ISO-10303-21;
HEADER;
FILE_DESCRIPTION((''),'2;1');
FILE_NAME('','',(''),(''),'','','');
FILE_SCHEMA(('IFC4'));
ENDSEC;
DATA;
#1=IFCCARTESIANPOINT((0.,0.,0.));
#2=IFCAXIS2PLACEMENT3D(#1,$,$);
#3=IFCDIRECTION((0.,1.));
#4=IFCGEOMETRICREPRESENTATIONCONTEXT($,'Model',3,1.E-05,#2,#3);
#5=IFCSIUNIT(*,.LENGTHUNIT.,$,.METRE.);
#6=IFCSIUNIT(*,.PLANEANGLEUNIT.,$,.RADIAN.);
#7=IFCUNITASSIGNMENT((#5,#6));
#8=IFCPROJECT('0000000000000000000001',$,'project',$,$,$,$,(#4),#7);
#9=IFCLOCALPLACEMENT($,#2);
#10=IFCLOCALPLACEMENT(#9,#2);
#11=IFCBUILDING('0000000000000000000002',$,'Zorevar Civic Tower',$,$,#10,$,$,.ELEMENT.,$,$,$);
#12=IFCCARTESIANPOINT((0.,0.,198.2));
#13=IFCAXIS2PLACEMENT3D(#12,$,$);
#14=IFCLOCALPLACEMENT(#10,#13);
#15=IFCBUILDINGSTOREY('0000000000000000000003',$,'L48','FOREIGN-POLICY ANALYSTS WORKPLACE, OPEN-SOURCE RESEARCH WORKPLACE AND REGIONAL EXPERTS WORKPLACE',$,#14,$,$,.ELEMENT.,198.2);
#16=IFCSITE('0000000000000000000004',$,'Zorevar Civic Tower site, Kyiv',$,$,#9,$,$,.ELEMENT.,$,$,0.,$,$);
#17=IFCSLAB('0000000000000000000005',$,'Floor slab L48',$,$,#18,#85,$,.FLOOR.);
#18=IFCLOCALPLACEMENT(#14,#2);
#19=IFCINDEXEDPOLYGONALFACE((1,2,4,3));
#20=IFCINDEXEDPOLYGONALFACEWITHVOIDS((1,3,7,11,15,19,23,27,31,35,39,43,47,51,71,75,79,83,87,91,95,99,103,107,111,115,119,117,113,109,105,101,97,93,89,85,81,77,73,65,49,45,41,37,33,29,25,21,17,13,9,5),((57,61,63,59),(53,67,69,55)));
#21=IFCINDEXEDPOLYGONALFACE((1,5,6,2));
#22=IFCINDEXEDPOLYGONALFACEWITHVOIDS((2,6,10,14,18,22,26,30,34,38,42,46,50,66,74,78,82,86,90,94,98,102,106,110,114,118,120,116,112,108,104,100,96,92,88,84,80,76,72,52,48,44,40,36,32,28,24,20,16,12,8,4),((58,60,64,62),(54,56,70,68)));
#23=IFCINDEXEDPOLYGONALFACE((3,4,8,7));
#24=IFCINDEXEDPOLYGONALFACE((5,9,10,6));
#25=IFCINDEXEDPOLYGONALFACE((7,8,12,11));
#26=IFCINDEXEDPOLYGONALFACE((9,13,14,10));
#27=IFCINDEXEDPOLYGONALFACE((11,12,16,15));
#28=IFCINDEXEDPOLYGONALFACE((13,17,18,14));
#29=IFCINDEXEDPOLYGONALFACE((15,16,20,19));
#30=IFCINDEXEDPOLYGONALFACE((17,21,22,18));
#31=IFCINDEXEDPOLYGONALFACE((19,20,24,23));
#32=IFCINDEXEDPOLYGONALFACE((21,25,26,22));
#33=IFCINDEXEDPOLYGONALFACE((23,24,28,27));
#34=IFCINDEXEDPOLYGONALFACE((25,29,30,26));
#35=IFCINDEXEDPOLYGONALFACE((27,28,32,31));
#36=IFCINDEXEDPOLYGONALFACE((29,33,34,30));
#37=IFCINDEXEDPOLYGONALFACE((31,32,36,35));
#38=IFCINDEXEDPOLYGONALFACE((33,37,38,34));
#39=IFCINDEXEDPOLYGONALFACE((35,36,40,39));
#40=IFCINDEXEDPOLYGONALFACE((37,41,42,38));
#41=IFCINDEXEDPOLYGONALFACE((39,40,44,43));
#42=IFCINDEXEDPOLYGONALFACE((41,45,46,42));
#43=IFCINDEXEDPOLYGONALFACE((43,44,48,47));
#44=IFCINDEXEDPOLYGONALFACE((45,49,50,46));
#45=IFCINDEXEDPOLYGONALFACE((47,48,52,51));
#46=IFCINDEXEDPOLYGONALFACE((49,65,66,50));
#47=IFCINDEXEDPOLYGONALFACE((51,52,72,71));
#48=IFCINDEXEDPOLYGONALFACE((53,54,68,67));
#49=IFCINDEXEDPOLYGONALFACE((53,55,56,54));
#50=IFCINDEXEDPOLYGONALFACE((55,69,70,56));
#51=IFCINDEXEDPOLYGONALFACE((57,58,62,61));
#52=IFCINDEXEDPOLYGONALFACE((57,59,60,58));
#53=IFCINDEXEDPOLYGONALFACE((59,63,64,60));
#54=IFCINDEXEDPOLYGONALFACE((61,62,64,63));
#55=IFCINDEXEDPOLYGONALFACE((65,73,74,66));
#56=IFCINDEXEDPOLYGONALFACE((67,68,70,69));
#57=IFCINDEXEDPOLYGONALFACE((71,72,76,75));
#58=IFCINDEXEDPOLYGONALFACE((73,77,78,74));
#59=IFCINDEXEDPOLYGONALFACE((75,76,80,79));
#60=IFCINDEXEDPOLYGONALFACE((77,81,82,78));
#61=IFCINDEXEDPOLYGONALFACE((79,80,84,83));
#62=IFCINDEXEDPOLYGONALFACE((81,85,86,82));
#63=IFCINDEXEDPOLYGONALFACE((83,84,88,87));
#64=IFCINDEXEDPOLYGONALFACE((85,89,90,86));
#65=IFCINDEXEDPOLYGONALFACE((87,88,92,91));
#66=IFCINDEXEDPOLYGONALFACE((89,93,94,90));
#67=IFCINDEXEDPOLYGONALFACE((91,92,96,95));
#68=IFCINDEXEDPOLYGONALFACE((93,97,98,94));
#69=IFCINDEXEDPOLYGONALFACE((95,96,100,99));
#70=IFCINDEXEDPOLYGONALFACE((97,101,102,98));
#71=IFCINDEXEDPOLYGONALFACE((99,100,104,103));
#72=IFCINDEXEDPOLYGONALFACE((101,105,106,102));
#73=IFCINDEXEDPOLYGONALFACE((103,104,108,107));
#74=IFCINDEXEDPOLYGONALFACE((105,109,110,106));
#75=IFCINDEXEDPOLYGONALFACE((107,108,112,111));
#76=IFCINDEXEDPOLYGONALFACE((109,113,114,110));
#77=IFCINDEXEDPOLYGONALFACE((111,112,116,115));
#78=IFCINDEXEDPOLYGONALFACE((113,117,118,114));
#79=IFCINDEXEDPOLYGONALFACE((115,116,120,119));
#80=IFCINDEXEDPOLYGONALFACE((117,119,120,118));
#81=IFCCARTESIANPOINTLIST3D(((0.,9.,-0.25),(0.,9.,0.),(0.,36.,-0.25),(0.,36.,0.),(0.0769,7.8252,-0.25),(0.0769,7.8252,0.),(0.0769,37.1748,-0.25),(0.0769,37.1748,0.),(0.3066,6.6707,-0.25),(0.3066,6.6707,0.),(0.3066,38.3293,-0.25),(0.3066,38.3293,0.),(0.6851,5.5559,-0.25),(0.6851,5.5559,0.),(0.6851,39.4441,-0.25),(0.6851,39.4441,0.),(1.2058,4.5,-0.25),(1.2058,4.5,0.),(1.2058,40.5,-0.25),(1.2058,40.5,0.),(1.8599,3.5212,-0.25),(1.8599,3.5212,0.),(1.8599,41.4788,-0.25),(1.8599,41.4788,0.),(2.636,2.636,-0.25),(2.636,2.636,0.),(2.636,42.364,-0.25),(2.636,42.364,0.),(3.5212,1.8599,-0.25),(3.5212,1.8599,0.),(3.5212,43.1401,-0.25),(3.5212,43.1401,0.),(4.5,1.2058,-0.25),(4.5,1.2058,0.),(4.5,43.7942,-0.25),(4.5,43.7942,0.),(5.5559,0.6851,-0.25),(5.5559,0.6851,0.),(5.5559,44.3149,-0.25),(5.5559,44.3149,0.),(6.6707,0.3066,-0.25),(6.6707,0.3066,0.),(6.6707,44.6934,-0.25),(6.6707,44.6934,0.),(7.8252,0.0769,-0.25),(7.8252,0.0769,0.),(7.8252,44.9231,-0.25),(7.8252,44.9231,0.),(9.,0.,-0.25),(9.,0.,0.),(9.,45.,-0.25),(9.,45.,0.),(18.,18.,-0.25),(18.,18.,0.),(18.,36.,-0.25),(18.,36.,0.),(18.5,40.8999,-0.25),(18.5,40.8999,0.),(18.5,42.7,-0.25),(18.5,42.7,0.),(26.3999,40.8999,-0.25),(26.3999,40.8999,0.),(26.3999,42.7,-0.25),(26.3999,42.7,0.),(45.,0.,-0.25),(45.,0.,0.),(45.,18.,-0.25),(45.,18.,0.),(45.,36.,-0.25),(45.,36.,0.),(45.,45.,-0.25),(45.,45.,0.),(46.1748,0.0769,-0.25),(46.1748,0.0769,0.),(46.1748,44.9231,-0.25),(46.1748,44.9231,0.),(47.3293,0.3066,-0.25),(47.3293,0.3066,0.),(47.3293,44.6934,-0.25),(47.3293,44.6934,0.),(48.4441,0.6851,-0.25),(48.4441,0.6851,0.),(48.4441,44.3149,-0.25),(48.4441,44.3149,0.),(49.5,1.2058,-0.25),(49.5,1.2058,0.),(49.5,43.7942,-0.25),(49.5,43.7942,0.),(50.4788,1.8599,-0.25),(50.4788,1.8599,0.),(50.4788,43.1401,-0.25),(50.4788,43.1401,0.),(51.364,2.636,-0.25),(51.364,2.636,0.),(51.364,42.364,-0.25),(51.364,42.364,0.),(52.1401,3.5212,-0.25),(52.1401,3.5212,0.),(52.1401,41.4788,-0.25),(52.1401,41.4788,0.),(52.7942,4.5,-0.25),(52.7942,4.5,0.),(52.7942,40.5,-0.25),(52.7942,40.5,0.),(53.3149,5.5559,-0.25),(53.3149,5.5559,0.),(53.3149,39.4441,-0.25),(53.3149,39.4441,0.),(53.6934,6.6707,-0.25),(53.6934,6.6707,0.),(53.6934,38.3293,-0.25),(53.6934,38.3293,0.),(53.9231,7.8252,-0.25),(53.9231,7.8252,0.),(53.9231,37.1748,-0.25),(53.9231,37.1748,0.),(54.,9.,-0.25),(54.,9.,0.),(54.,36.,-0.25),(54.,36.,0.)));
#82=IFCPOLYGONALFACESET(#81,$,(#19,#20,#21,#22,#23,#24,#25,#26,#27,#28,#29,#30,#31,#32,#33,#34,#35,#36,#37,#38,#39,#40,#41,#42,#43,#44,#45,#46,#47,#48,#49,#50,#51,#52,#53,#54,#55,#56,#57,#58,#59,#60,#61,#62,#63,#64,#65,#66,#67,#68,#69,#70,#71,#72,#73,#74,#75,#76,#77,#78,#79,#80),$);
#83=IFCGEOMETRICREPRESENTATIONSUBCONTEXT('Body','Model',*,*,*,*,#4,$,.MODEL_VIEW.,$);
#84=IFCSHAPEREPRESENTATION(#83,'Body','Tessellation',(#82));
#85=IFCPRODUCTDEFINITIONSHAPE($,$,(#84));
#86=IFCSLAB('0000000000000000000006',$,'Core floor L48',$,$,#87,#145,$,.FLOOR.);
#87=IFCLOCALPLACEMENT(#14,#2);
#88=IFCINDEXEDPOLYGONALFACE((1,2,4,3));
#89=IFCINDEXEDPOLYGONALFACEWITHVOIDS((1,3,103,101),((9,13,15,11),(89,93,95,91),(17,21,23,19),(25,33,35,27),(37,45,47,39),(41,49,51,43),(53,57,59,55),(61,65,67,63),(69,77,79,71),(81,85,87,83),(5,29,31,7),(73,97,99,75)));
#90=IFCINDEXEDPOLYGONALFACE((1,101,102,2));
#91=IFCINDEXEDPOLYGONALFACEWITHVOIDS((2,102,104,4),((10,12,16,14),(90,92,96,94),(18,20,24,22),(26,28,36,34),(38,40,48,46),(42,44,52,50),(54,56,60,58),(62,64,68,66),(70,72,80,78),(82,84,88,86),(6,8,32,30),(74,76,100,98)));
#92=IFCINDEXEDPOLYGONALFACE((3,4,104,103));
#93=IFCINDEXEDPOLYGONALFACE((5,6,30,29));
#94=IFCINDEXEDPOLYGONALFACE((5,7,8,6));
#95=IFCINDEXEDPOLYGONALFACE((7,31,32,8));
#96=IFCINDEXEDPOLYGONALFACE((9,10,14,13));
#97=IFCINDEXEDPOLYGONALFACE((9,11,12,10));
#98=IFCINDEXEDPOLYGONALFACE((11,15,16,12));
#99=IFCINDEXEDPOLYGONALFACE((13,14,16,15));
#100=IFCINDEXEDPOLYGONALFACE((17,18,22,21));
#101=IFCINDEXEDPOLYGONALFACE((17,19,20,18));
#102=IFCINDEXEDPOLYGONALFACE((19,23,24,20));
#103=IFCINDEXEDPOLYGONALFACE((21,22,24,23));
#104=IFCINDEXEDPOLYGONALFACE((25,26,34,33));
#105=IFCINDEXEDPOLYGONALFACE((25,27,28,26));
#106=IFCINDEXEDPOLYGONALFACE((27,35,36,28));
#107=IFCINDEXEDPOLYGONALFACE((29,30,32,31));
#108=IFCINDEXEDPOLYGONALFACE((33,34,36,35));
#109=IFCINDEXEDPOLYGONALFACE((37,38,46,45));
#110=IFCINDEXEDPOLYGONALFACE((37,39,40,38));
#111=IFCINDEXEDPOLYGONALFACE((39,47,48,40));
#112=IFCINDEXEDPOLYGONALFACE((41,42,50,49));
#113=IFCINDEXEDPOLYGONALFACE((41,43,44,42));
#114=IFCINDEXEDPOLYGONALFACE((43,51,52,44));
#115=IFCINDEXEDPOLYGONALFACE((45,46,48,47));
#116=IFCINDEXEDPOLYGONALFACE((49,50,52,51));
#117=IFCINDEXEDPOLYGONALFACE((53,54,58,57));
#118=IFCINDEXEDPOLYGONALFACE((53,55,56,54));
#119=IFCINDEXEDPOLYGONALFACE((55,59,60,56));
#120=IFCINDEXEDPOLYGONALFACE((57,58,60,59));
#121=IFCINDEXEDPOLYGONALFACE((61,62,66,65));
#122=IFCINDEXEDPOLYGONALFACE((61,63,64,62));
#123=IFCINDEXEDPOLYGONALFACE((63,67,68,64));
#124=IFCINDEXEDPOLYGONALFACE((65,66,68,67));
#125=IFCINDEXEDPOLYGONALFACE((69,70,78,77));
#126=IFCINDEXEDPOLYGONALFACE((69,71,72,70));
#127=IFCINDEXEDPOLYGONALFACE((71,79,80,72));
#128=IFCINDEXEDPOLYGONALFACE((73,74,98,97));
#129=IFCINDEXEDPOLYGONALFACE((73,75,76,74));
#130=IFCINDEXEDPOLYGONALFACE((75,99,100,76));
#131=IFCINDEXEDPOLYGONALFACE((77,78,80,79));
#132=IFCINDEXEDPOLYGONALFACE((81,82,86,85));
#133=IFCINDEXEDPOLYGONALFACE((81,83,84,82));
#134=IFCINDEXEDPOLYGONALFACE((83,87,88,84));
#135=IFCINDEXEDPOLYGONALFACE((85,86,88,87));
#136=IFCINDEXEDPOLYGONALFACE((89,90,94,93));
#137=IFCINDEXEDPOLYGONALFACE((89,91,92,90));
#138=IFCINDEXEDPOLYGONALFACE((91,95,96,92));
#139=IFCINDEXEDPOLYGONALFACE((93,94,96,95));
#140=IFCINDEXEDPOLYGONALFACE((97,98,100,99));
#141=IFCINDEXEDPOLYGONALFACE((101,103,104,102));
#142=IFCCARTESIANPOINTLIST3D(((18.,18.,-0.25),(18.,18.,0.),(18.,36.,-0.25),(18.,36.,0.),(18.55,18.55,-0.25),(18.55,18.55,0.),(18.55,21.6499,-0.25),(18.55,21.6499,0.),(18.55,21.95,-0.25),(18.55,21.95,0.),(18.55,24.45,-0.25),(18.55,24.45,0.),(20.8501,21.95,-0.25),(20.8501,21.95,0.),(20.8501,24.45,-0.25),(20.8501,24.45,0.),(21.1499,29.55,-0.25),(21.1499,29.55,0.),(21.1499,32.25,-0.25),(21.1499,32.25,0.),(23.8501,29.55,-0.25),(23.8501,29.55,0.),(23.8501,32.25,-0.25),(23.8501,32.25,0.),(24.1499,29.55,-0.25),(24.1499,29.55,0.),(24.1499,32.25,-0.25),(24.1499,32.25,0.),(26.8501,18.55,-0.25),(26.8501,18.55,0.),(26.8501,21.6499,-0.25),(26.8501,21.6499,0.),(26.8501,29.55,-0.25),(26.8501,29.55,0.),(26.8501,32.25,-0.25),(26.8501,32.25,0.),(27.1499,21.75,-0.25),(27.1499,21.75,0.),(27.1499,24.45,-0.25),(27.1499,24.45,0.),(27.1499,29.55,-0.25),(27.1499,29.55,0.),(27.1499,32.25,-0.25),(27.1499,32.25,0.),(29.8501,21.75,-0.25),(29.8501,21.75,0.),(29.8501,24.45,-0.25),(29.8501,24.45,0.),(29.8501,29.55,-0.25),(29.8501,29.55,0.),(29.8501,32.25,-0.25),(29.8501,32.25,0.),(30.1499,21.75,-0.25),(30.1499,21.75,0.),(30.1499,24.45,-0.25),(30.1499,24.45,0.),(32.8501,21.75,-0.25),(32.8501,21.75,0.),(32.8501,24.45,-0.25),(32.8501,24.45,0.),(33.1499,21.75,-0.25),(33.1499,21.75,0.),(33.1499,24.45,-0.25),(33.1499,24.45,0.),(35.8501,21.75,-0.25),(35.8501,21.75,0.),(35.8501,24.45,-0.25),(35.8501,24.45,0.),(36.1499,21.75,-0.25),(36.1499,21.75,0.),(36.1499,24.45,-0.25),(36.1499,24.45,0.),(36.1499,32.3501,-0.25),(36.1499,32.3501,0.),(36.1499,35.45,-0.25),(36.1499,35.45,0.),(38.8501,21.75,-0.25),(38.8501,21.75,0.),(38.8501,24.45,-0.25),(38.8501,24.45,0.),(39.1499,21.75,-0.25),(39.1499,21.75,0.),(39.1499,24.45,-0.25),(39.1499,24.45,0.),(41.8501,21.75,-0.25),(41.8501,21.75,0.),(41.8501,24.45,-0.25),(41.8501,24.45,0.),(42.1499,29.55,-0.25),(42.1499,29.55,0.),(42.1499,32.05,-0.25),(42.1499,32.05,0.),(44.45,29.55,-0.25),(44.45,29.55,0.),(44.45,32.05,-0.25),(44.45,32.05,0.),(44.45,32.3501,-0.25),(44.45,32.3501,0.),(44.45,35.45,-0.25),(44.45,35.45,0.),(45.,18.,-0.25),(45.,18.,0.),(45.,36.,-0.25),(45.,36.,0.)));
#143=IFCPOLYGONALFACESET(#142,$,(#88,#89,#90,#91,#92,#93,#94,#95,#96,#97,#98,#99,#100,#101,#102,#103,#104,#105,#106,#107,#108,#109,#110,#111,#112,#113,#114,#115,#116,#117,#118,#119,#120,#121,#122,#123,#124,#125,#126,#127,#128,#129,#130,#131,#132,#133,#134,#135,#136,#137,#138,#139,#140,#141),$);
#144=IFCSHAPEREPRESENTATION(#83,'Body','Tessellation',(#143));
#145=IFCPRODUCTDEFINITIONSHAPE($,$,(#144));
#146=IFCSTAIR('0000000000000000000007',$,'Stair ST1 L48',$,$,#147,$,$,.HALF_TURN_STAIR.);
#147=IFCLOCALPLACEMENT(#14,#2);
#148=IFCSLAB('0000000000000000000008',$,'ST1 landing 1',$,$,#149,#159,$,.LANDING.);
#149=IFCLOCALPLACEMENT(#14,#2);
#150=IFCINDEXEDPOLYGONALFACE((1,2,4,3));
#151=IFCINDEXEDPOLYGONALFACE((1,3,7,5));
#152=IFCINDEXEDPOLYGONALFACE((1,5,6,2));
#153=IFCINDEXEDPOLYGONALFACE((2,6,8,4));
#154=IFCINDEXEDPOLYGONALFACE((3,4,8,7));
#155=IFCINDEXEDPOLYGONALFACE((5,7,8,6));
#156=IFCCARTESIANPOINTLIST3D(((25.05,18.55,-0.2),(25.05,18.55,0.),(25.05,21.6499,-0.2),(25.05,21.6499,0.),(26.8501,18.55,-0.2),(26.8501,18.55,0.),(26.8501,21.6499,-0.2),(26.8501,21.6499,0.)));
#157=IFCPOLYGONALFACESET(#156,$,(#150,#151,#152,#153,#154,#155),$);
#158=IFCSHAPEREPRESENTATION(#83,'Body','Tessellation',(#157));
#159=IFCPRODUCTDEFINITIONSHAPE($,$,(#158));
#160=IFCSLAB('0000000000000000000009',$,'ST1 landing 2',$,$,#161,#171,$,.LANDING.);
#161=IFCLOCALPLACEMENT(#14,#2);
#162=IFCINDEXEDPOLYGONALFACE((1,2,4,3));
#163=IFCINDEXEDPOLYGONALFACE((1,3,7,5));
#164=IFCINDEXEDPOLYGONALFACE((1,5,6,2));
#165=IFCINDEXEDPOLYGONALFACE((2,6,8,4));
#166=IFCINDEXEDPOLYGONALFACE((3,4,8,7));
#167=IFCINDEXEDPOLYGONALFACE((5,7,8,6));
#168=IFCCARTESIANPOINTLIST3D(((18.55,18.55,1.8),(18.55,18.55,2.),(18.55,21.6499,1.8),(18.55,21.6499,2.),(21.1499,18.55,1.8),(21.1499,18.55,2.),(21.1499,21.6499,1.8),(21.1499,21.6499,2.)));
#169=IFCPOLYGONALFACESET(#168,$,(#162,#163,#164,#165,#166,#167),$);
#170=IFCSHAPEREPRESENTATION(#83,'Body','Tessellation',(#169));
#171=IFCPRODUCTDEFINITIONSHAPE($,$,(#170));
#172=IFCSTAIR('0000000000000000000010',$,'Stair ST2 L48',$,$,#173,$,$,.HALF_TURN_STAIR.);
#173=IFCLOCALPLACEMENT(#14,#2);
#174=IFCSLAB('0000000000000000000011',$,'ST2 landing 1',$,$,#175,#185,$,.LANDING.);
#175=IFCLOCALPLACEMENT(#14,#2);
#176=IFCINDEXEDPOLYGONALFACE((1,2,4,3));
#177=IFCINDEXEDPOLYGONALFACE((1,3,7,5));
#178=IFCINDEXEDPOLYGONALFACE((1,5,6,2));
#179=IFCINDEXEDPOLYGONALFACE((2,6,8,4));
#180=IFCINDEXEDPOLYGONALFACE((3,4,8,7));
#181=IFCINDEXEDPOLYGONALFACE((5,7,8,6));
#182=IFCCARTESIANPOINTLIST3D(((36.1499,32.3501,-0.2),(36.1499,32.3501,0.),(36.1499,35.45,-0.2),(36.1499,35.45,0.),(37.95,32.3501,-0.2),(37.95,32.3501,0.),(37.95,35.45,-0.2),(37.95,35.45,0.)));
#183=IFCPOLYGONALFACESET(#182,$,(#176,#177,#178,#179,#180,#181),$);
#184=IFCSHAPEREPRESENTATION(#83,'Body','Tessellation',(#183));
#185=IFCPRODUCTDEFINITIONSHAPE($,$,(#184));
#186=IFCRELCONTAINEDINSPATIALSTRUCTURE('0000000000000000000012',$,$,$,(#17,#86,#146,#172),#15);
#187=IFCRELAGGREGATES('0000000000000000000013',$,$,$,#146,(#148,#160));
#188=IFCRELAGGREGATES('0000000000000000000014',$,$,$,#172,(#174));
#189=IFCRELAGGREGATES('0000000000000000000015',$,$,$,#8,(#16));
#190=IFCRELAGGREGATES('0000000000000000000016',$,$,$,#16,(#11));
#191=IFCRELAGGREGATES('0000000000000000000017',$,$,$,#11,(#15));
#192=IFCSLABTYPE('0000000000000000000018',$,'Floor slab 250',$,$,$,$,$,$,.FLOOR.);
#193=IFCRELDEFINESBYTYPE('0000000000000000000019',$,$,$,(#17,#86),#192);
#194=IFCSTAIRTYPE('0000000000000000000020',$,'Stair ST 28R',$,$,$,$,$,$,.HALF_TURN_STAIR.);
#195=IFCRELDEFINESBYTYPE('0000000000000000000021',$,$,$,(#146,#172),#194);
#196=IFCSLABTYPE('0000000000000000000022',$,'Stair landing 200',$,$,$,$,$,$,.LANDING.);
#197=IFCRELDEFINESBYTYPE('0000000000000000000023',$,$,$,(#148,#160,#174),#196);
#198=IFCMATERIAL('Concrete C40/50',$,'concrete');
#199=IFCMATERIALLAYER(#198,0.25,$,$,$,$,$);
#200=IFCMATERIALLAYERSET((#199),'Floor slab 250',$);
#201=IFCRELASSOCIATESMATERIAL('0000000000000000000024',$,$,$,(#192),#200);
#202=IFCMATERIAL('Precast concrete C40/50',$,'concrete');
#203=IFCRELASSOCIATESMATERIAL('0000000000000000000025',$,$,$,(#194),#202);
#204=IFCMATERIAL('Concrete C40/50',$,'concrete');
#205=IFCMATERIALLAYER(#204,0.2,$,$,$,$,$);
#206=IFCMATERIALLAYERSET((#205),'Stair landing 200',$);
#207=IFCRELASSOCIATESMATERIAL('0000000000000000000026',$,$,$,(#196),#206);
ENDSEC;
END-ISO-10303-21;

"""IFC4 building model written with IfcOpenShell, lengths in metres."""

from ifc_helpers import new_model, si_unit, direction, frame, origin, place, context, subcontext, project, spatial, polyline, outline, extrude, material, layer, layer_set, type_object, element, aggregate, save


model = new_model("IFC4")

# Units and contexts
model_context = context("Model", 3, precision=1e-05, world=origin(), true_north=direction((0.0, 1.0)))
body_context = subcontext(model_context, "Body", "Model", "MODEL_VIEW")
ifc_project = project(units=[si_unit("LENGTHUNIT", "METRE"), si_unit("PLANEANGLEUNIT", "RADIAN")], contexts=[model_context])

# Site, building, storey
site_placement = place(None, origin())
site = spatial("IfcSite", under=ifc_project, at=site_placement, Name="Zorevar Civic Tower site, Kyiv", CompositionType="ELEMENT", RefElevation=0.0)
building_placement = place(site_placement, origin())
building = spatial("IfcBuilding", under=site, at=building_placement, Name="Zorevar Civic Tower", CompositionType="ELEMENT")
storey_placement = place(building_placement, frame((0.0, 0.0, 198.2)))
storey = spatial("IfcBuildingStorey", under=building, at=storey_placement, Name="L48", Description="FOREIGN-POLICY ANALYSTS WORKPLACE, OPEN-SOURCE RESEARCH WORKPLACE AND REGIONAL EXPERTS WORKPLACE", CompositionType="ELEMENT", Elevation=198.2)

# Slabs
ifc_material_1 = material(Name="Concrete C40/50", Category="concrete")
ifc_layer_1 = layer(ifc_material_1, 0.25)
ifc_layer_set_1 = layer_set([ifc_layer_1], Name="Floor slab 250")
slab_type_1 = type_object("IfcSlabType", Name="Floor slab 250", PredefinedType="FLOOR", material=ifc_layer_set_1)
slab_1_placement = place(storey_placement, frame((0.0, 0.0, -0.25)))
element("IfcSlab", 1, at=slab_1_placement, inside=storey, type_object=slab_type_1, Name="Floor slab L48", PredefinedType="FLOOR", context=body_context, shape_type="SweptSolid", body=[
    extrude(outline(polyline([(45.0, 0.0), (46.1748, 0.0769), (47.3293, 0.3066), (48.4441, 0.6851), (49.5, 1.2058), (50.4788, 1.8599), (51.364, 2.636), (52.1401, 3.5212), (52.7942, 4.5), (53.3149, 5.5559), (53.6934, 6.6707), (53.9231, 7.8252), (54.0, 9.0), (54.0, 36.0), (53.9231, 37.1748), (53.6934, 38.3293), (53.3149, 39.4441), (52.7942, 40.5), (52.1401, 41.4788), (51.364, 42.364), (50.4788, 43.1401), (49.5, 43.7942), (48.4441, 44.3149), (47.3293, 44.6934), (46.1748, 44.9231), (45.0, 45.0), (9.0, 45.0), (7.8252, 44.9231), (6.6707, 44.6934), (5.5559, 44.3149), (4.5, 43.7942), (3.5212, 43.1401), (2.636, 42.364), (1.8599, 41.4788), (1.2058, 40.5), (0.6851, 39.4441), (0.3066, 38.3293), (0.0769, 37.1748), (0.0, 36.0), (0.0, 9.0), (0.0769, 7.8252), (0.3066, 6.6707), (0.6851, 5.5559), (1.2058, 4.5), (1.8599, 3.5212), (2.636, 2.636), (3.5212, 1.8599), (4.5, 1.2058), (5.5559, 0.6851), (6.6707, 0.3066), (7.8252, 0.0769), (9.0, 0.0), (45.0, 0.0)]), holes=[polyline([(18.0, 18.0), (45.0, 18.0), (45.0, 36.0), (18.0, 36.0), (18.0, 18.0)]), polyline([(18.5, 40.8999), (26.3999, 40.8999), (26.3999, 42.7), (18.5, 42.7), (18.5, 40.8999)])]), origin(), (0.0, 0.0, 1.0), 0.25),
])
slab_2_placement = place(storey_placement, frame((0.0, 0.0, -0.25)))
element("IfcSlab", 2, at=slab_2_placement, inside=storey, type_object=slab_type_1, Name="Core floor L48", PredefinedType="FLOOR", context=body_context, shape_type="SweptSolid", body=[
    extrude(outline(polyline([(18.0, 18.0), (45.0, 18.0), (45.0, 36.0), (18.0, 36.0), (18.0, 18.0)]), holes=[polyline([(18.55, 18.55), (26.8501, 18.55), (26.8501, 21.6499), (18.55, 21.6499), (18.55, 18.55)]), polyline([(36.1499, 32.3501), (44.45, 32.3501), (44.45, 35.45), (36.1499, 35.45), (36.1499, 32.3501)]), polyline([(18.55, 21.95), (20.8501, 21.95), (20.8501, 24.45), (18.55, 24.45), (18.55, 21.95)]), polyline([(42.1499, 29.55), (44.45, 29.55), (44.45, 32.05), (42.1499, 32.05), (42.1499, 29.55)]), polyline([(27.1499, 21.75), (29.8501, 21.75), (29.8501, 24.45), (27.1499, 24.45), (27.1499, 21.75)]), polyline([(30.1499, 21.75), (32.8501, 21.75), (32.8501, 24.45), (30.1499, 24.45), (30.1499, 21.75)]), polyline([(33.1499, 21.75), (35.8501, 21.75), (35.8501, 24.45), (33.1499, 24.45), (33.1499, 21.75)]), polyline([(27.1499, 29.55), (29.8501, 29.55), (29.8501, 32.25), (27.1499, 32.25), (27.1499, 29.55)]), polyline([(36.1499, 21.75), (38.8501, 21.75), (38.8501, 24.45), (36.1499, 24.45), (36.1499, 21.75)]), polyline([(24.1499, 29.55), (26.8501, 29.55), (26.8501, 32.25), (24.1499, 32.25), (24.1499, 29.55)]), polyline([(39.1499, 21.75), (41.8501, 21.75), (41.8501, 24.45), (39.1499, 24.45), (39.1499, 21.75)]), polyline([(21.1499, 29.55), (23.8501, 29.55), (23.8501, 32.25), (21.1499, 32.25), (21.1499, 29.55)])]), origin(), (0.0, 0.0, 1.0), 0.25),
])

# Stairs, slabs
ifc_material_2 = material(Name="Precast concrete C40/50", Category="concrete")
stair_type = type_object("IfcStairType", Name="Stair ST 28R", PredefinedType="HALF_TURN_STAIR", material=ifc_material_2)
stair_1_placement = place(storey_placement, origin())
stair_1 = element("IfcStair", 3, at=stair_1_placement, inside=storey, type_object=stair_type, Name="Stair ST1 L48", PredefinedType="HALF_TURN_STAIR")
ifc_material_3 = material(Name="Concrete C40/50", Category="concrete")
ifc_layer_2 = layer(ifc_material_3, 0.2)
ifc_layer_set_2 = layer_set([ifc_layer_2], Name="Stair landing 200")
slab_type_2 = type_object("IfcSlabType", Name="Stair landing 200", PredefinedType="LANDING", material=ifc_layer_set_2)
slab_3_placement = place(storey_placement, frame((0.0, 0.0, -0.2)))
slab_3 = element("IfcSlab", 4, at=slab_3_placement, type_object=slab_type_2, Name="ST1 landing 1", PredefinedType="LANDING", context=body_context, shape_type="SweptSolid", body=[
    extrude(outline(polyline([(25.05, 18.55), (26.8501, 18.55), (26.8501, 21.6499), (25.05, 21.6499), (25.05, 18.55)])), origin(), (0.0, 0.0, 1.0), 0.2),
])
slab_4_placement = place(storey_placement, frame((0.0, 0.0, 1.8)))
slab_4 = element("IfcSlab", 5, at=slab_4_placement, type_object=slab_type_2, Name="ST1 landing 2", PredefinedType="LANDING", context=body_context, shape_type="SweptSolid", body=[
    extrude(outline(polyline([(18.55, 18.55), (21.1499, 18.55), (21.1499, 21.6499), (18.55, 21.6499), (18.55, 18.55)])), origin(), (0.0, 0.0, 1.0), 0.2),
])
aggregate(stair_1, [slab_3, slab_4])
stair_2_placement = place(storey_placement, origin())
stair_2 = element("IfcStair", 6, at=stair_2_placement, inside=storey, type_object=stair_type, Name="Stair ST2 L48", PredefinedType="HALF_TURN_STAIR")
slab_5_placement = place(storey_placement, frame((0.0, 0.0, -0.2)))
slab_5 = element("IfcSlab", 7, at=slab_5_placement, type_object=slab_type_2, Name="ST2 landing 1", PredefinedType="LANDING", context=body_context, shape_type="SweptSolid", body=[
    extrude(outline(polyline([(37.95, 32.3501), (36.1499, 32.3501), (36.1499, 35.45), (37.95, 35.45), (37.95, 32.3501)])), origin(), (0.0, 0.0, 1.0), 0.2),
])
aggregate(stair_2, [slab_5])

save(model, "model.ifc")
